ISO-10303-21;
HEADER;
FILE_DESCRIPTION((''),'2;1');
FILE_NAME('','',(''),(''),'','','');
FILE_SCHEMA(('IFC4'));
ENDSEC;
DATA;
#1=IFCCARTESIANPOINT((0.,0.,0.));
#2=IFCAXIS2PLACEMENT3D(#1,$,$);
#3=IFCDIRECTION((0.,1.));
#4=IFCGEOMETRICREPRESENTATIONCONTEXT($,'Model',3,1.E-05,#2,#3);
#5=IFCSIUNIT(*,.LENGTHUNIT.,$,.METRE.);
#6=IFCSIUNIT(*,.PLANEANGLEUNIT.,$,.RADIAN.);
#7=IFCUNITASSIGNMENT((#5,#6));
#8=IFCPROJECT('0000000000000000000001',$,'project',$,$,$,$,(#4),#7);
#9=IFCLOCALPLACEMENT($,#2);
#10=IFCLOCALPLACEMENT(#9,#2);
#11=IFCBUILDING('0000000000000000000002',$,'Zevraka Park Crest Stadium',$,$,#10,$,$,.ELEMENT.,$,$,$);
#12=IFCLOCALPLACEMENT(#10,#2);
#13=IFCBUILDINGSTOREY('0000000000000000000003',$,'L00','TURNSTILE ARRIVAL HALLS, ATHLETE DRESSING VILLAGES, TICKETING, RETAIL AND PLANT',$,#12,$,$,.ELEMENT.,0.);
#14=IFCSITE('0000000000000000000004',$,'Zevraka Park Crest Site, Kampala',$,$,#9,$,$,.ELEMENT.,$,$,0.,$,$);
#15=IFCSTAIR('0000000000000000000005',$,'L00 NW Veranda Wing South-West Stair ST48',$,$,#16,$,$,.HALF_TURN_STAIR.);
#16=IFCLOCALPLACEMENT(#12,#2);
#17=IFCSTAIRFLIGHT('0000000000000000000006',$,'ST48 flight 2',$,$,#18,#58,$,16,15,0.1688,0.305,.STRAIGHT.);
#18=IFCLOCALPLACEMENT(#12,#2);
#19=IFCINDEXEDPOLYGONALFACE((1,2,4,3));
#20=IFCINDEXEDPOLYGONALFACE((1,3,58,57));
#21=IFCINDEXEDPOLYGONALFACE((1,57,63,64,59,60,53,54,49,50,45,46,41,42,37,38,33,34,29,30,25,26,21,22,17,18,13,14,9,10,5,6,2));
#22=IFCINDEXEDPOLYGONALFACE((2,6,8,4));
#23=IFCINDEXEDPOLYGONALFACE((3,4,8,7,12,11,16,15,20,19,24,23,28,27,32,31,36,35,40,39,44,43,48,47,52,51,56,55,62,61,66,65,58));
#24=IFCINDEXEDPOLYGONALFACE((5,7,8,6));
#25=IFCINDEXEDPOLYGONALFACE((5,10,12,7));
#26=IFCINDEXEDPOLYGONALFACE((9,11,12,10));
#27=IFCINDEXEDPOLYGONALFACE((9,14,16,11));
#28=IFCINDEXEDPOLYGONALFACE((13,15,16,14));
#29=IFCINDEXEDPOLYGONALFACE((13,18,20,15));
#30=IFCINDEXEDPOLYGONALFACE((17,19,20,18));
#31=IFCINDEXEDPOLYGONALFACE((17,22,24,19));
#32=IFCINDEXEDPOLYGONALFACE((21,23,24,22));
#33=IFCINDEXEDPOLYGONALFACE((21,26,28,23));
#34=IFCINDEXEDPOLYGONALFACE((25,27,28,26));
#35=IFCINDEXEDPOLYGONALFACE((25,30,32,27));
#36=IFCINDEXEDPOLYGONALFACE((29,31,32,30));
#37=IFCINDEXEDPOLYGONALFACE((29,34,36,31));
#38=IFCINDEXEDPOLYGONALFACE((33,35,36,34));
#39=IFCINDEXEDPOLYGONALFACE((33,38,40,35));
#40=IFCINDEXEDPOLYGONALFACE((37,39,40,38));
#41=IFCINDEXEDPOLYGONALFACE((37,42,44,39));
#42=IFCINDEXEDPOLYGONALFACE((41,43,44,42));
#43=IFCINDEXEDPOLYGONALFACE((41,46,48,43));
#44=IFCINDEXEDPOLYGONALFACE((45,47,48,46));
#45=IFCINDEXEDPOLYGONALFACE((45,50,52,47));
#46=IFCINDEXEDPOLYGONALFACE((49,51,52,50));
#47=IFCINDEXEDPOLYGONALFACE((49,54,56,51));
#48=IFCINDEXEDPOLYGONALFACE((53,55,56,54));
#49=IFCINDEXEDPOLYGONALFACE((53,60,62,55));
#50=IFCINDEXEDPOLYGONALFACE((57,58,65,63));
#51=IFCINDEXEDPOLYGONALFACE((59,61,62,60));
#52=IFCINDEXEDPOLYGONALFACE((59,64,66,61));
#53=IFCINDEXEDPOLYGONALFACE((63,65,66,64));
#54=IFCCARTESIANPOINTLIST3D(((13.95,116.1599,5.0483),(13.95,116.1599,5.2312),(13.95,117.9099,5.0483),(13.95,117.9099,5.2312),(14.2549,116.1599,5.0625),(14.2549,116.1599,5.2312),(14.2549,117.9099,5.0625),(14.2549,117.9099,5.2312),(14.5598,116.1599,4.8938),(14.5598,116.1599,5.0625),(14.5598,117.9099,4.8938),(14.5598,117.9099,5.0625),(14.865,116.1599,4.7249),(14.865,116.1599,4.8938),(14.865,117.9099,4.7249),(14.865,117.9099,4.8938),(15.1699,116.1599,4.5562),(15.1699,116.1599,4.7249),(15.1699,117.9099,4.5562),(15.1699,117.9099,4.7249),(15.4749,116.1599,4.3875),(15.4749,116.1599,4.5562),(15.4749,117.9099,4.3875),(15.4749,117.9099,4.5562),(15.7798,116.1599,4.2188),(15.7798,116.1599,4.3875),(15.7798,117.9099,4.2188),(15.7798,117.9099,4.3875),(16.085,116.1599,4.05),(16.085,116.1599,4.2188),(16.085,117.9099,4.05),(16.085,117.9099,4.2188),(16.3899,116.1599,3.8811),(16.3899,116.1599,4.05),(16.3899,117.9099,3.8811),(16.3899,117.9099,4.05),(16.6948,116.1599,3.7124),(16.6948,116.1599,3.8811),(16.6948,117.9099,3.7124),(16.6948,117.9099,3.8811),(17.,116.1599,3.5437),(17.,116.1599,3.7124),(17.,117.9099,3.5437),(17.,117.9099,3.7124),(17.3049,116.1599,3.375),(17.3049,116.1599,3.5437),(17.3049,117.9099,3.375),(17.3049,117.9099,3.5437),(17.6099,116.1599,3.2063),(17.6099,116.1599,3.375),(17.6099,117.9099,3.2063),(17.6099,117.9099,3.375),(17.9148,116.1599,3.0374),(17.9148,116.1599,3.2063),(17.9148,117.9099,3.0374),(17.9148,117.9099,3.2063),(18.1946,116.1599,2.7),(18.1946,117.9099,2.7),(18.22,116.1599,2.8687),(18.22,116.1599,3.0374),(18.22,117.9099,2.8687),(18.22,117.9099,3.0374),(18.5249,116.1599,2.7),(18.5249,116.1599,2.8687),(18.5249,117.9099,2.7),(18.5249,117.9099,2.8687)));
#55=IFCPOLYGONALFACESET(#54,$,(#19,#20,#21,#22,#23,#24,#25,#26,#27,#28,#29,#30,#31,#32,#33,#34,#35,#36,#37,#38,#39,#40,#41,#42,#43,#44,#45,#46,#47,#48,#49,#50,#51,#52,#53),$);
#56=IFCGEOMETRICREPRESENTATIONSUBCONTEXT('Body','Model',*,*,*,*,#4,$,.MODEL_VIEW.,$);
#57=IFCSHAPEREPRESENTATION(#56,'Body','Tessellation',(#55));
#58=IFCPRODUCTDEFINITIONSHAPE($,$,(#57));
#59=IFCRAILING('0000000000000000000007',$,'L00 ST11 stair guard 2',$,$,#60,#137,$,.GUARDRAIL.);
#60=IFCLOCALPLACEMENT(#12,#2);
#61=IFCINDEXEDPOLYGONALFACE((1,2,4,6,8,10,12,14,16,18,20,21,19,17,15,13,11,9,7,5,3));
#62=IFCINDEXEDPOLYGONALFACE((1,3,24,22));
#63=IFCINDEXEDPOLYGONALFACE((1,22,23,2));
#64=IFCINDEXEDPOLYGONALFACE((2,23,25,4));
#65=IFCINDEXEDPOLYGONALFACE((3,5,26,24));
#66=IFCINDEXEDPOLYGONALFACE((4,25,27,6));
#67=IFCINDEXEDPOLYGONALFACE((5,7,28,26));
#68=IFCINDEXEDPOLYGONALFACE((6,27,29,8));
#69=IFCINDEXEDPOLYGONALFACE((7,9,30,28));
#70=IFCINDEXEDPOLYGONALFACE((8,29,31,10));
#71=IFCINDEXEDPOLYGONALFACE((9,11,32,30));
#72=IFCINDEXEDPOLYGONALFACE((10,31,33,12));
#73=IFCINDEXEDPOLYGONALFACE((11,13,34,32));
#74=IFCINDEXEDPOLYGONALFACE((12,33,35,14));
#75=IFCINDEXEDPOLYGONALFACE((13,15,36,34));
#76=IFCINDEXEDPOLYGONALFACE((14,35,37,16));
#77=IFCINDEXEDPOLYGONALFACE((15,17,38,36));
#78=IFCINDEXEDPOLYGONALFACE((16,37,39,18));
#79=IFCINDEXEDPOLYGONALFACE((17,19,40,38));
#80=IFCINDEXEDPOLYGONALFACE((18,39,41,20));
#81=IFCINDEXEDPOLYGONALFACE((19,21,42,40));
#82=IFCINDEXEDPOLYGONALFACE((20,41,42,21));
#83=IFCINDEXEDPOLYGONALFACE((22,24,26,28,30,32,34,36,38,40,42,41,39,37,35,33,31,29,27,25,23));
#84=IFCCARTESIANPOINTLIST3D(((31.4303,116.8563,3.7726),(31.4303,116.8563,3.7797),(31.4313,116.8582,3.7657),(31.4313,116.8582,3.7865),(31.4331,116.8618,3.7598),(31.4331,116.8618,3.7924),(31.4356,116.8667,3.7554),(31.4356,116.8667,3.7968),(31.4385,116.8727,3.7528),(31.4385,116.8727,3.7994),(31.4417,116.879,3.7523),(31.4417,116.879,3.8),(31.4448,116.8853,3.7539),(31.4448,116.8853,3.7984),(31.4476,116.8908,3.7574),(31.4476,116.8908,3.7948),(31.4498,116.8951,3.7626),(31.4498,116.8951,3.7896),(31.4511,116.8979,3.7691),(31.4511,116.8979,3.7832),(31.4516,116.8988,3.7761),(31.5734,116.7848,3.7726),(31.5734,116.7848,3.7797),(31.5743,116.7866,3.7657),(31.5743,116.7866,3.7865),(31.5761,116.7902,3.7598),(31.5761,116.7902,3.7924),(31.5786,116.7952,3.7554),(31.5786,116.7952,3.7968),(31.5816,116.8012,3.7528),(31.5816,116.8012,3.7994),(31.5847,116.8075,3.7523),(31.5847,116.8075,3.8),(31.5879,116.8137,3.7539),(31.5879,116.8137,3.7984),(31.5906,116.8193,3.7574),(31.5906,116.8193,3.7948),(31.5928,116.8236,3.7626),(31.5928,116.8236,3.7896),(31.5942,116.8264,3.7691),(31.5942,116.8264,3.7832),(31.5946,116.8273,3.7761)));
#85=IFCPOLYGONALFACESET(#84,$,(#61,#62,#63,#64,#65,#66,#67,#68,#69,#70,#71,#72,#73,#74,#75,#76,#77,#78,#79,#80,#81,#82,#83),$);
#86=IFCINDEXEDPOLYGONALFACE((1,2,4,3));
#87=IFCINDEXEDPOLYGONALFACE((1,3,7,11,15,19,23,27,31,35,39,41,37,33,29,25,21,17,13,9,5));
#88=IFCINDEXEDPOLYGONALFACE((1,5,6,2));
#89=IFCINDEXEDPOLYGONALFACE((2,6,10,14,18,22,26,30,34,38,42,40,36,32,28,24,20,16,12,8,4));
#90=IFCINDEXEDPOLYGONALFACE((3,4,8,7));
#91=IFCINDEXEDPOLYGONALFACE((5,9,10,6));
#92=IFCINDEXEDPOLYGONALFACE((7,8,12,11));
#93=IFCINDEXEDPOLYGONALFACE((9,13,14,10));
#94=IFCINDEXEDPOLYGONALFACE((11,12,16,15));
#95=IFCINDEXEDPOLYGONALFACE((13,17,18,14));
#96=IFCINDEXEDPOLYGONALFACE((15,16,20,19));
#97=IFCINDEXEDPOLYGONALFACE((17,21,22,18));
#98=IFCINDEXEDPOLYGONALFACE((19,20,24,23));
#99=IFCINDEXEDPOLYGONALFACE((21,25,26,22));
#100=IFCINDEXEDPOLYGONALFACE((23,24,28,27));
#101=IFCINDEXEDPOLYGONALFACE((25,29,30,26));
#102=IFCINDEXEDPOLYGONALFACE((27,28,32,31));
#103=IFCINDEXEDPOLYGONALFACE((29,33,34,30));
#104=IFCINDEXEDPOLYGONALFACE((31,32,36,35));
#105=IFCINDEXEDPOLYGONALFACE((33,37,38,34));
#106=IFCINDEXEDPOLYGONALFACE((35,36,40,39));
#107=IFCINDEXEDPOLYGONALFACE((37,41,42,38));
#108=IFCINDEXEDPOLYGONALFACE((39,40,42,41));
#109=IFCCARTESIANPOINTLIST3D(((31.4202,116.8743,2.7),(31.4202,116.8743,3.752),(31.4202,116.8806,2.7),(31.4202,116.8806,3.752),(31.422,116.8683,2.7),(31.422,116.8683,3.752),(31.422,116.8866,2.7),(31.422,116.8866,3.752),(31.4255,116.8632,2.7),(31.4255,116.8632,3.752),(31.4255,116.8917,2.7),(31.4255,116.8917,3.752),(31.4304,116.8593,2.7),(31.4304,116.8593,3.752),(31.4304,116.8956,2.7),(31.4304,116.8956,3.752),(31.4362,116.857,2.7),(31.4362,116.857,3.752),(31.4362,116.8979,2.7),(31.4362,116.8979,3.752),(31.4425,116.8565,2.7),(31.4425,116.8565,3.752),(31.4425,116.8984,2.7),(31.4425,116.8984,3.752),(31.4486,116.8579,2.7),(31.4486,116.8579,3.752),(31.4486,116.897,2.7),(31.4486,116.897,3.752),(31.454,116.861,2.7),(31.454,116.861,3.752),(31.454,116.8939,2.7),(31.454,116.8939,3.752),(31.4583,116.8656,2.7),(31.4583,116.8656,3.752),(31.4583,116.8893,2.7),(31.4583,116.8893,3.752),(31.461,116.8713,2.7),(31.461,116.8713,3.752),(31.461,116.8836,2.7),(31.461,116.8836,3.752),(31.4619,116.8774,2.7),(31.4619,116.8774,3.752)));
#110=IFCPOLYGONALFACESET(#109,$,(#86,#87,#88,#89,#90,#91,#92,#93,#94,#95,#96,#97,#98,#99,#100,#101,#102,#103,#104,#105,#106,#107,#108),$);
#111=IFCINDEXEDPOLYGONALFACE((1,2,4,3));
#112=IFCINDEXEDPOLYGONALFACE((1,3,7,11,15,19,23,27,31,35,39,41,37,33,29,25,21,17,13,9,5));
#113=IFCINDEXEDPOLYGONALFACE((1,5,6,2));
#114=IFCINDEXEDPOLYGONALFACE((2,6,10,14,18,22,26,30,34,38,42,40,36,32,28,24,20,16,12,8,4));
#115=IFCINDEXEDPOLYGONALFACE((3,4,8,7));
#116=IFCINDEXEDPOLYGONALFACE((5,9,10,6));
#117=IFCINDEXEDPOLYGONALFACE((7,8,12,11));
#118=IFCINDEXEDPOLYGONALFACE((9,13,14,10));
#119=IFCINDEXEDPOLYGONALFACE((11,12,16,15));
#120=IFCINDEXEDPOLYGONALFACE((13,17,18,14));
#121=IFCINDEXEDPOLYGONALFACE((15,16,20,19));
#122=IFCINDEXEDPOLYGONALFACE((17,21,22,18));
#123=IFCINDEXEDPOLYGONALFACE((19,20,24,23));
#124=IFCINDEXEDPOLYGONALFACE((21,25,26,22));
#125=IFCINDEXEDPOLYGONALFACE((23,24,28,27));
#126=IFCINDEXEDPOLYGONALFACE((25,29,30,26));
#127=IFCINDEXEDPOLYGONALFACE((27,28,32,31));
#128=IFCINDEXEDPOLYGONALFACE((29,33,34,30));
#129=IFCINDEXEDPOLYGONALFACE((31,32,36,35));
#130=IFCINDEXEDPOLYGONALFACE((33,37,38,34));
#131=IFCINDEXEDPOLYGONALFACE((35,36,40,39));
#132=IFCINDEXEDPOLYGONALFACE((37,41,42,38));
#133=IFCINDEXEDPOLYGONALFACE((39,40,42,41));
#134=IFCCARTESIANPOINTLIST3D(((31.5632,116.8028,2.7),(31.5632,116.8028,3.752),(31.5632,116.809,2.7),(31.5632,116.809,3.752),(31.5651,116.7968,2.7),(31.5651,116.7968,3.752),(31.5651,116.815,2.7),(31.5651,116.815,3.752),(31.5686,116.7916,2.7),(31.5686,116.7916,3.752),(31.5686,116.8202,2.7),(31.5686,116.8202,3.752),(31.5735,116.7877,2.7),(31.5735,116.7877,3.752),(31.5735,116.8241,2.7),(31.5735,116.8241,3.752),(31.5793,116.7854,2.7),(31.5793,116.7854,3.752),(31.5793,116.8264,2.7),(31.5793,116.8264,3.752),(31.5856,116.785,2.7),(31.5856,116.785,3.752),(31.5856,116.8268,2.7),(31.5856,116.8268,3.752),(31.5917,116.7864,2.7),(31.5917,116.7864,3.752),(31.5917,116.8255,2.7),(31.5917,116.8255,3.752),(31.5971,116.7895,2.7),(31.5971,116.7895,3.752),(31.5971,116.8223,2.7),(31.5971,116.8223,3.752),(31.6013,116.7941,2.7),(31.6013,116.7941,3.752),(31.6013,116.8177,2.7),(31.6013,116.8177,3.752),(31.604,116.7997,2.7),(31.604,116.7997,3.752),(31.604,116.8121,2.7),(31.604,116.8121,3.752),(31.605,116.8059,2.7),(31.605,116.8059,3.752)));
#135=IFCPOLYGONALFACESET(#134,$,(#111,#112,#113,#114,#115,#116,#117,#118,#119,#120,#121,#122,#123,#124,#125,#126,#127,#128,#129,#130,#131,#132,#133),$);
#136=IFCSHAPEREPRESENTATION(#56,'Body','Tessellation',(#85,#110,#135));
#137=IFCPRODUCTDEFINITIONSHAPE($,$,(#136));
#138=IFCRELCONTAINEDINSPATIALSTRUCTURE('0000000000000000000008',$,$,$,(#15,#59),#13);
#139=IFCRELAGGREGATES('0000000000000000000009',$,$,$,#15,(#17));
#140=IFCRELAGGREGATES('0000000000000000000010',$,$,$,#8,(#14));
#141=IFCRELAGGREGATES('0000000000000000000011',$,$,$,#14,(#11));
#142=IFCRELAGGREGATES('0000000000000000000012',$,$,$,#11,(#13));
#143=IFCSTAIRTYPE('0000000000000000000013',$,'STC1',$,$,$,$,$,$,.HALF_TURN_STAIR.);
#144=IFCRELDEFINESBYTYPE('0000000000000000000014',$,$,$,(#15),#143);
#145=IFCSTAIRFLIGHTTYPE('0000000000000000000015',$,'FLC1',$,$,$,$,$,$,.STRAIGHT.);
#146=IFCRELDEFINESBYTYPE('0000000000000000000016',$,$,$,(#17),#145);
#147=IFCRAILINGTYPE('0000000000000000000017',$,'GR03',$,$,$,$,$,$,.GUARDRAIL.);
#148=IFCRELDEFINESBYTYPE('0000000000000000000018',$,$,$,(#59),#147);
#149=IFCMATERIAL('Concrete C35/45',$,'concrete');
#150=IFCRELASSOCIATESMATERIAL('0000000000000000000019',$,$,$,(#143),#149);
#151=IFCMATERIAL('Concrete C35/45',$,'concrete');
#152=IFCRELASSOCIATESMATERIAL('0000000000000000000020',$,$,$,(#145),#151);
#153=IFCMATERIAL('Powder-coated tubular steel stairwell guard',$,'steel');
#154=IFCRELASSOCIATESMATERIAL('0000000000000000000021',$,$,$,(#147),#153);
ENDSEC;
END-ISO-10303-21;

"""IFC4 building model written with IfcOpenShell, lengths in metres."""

from ifc_helpers import new_model, si_unit, direction, frame, origin, origin_2d, place, context, subcontext, project, spatial, polyline, circle, outline, extrude, material, type_object, element, aggregate, save


model = new_model("IFC4")

# Units and contexts
model_context = context("Model", 3, precision=1e-05, world=origin(), true_north=direction((0.0, 1.0)))
body_context = subcontext(model_context, "Body", "Model", "MODEL_VIEW")
ifc_project = project(units=[si_unit("LENGTHUNIT", "METRE"), si_unit("PLANEANGLEUNIT", "RADIAN")], contexts=[model_context])

# Site, building, storey
site_placement = place(None, origin())
site = spatial("IfcSite", under=ifc_project, at=site_placement, Name="Zevraka Park Crest Site, Kampala", CompositionType="ELEMENT", RefElevation=0.0)
building_placement = place(site_placement, origin())
building = spatial("IfcBuilding", under=site, at=building_placement, Name="Zevraka Park Crest Stadium", CompositionType="ELEMENT")
storey_placement = place(building_placement, origin())
storey = spatial("IfcBuildingStorey", under=building, at=storey_placement, Name="L00", Description="TURNSTILE ARRIVAL HALLS, ATHLETE DRESSING VILLAGES, TICKETING, RETAIL AND PLANT", CompositionType="ELEMENT", Elevation=0.0)

# Stair, stair flight
ifc_material_1 = material(Name="Concrete C35/45", Category="concrete")
stair_type = type_object("IfcStairType", Name="STC1", PredefinedType="HALF_TURN_STAIR", material=ifc_material_1)
stair_placement = place(storey_placement, origin())
stair = element("IfcStair", 1, at=stair_placement, inside=storey, type_object=stair_type, Name="L00 NW Veranda Wing South-West Stair ST48", PredefinedType="HALF_TURN_STAIR")
ifc_material_2 = material(Name="Concrete C35/45", Category="concrete")
stair_flight_type = type_object("IfcStairFlightType", Name="FLC1", PredefinedType="STRAIGHT", material=ifc_material_2)
stair_flight_placement = place(storey_placement, frame((18.5249, 117.0349, 2.7), z_axis=(0.0, 0.0, 1.0), x_axis=(-1.0, 0.0, 0.0)))
stair_flight = element("IfcStairFlight", 2, at=stair_flight_placement, type_object=stair_flight_type, Name="ST48 flight 2", NumberOfRisers=16, NumberOfTreads=15, PredefinedType="STRAIGHT", RiserHeight=0.1688, TreadLength=0.305, context=body_context, shape_type="SweptSolid", body=[
    extrude(outline(polyline([(0.0, 0.0), (0.0, 0.1687), (0.3049, 0.1687), (0.3049, 0.3374), (0.6101, 0.3374), (0.6101, 0.5063), (0.915, 0.5063), (0.915, 0.675), (1.22, 0.675), (1.22, 0.8438), (1.5249, 0.8438), (1.5249, 1.0125), (1.8301, 1.0125), (1.8301, 1.1812), (2.135, 1.1812), (2.135, 1.3501), (2.4399, 1.3501), (2.4399, 1.5188), (2.7451, 1.5188), (2.7451, 1.6875), (3.05, 1.6875), (3.05, 1.8562), (3.355, 1.8562), (3.355, 2.0249), (3.6599, 2.0249), (3.6599, 2.1938), (3.9651, 2.1938), (3.9651, 2.3625), (4.27, 2.3625), (4.27, 2.5312), (4.575, 2.5312), (4.575, 2.7), (4.575, 2.3484), (0.3303, 0.0), (0.0, 0.0)])), frame((0.0, 0.875, 0.0), z_axis=(0.0, -1.0, 0.0), x_axis=(1.0, 0.0, 0.0)), (0.0, 0.0, 1.0), 1.75),
])
aggregate(stair, [stair_flight])

# Railing
ifc_material_3 = material(Name="Powder-coated tubular steel stairwell guard", Category="steel")
railing_type_1 = type_object("IfcRailingType", Name="GR03", PredefinedType="GUARDRAIL", material=ifc_material_3)
railing_1_placement = place(storey_placement, frame((31.4409, 116.8774, 2.7)))
element("IfcRailing", 3, at=railing_1_placement, inside=storey, type_object=railing_type_1, Name="L00 ST11 stair guard 2", PredefinedType="GUARDRAIL", context=body_context, shape_type="SweptSolid", body=[
    extrude(circle(Radius=0.0239, at=origin_2d()), frame((0.0, 0.0, 1.0762), z_axis=(0.894427, -0.447214, 0.0), x_axis=(0.447214, 0.894427, 0.0)), (0.0, 0.0, 1.0), 0.1599),
    extrude(circle(Radius=0.021, at=origin_2d()), origin(), (0.0, 0.0, 1.0), 1.052),
    extrude(circle(Radius=0.021, at=origin_2d()), frame((0.1431, -0.0715, 0.0)), (0.0, 0.0, 1.0), 1.052),
])

save(model, "model.ifc")
